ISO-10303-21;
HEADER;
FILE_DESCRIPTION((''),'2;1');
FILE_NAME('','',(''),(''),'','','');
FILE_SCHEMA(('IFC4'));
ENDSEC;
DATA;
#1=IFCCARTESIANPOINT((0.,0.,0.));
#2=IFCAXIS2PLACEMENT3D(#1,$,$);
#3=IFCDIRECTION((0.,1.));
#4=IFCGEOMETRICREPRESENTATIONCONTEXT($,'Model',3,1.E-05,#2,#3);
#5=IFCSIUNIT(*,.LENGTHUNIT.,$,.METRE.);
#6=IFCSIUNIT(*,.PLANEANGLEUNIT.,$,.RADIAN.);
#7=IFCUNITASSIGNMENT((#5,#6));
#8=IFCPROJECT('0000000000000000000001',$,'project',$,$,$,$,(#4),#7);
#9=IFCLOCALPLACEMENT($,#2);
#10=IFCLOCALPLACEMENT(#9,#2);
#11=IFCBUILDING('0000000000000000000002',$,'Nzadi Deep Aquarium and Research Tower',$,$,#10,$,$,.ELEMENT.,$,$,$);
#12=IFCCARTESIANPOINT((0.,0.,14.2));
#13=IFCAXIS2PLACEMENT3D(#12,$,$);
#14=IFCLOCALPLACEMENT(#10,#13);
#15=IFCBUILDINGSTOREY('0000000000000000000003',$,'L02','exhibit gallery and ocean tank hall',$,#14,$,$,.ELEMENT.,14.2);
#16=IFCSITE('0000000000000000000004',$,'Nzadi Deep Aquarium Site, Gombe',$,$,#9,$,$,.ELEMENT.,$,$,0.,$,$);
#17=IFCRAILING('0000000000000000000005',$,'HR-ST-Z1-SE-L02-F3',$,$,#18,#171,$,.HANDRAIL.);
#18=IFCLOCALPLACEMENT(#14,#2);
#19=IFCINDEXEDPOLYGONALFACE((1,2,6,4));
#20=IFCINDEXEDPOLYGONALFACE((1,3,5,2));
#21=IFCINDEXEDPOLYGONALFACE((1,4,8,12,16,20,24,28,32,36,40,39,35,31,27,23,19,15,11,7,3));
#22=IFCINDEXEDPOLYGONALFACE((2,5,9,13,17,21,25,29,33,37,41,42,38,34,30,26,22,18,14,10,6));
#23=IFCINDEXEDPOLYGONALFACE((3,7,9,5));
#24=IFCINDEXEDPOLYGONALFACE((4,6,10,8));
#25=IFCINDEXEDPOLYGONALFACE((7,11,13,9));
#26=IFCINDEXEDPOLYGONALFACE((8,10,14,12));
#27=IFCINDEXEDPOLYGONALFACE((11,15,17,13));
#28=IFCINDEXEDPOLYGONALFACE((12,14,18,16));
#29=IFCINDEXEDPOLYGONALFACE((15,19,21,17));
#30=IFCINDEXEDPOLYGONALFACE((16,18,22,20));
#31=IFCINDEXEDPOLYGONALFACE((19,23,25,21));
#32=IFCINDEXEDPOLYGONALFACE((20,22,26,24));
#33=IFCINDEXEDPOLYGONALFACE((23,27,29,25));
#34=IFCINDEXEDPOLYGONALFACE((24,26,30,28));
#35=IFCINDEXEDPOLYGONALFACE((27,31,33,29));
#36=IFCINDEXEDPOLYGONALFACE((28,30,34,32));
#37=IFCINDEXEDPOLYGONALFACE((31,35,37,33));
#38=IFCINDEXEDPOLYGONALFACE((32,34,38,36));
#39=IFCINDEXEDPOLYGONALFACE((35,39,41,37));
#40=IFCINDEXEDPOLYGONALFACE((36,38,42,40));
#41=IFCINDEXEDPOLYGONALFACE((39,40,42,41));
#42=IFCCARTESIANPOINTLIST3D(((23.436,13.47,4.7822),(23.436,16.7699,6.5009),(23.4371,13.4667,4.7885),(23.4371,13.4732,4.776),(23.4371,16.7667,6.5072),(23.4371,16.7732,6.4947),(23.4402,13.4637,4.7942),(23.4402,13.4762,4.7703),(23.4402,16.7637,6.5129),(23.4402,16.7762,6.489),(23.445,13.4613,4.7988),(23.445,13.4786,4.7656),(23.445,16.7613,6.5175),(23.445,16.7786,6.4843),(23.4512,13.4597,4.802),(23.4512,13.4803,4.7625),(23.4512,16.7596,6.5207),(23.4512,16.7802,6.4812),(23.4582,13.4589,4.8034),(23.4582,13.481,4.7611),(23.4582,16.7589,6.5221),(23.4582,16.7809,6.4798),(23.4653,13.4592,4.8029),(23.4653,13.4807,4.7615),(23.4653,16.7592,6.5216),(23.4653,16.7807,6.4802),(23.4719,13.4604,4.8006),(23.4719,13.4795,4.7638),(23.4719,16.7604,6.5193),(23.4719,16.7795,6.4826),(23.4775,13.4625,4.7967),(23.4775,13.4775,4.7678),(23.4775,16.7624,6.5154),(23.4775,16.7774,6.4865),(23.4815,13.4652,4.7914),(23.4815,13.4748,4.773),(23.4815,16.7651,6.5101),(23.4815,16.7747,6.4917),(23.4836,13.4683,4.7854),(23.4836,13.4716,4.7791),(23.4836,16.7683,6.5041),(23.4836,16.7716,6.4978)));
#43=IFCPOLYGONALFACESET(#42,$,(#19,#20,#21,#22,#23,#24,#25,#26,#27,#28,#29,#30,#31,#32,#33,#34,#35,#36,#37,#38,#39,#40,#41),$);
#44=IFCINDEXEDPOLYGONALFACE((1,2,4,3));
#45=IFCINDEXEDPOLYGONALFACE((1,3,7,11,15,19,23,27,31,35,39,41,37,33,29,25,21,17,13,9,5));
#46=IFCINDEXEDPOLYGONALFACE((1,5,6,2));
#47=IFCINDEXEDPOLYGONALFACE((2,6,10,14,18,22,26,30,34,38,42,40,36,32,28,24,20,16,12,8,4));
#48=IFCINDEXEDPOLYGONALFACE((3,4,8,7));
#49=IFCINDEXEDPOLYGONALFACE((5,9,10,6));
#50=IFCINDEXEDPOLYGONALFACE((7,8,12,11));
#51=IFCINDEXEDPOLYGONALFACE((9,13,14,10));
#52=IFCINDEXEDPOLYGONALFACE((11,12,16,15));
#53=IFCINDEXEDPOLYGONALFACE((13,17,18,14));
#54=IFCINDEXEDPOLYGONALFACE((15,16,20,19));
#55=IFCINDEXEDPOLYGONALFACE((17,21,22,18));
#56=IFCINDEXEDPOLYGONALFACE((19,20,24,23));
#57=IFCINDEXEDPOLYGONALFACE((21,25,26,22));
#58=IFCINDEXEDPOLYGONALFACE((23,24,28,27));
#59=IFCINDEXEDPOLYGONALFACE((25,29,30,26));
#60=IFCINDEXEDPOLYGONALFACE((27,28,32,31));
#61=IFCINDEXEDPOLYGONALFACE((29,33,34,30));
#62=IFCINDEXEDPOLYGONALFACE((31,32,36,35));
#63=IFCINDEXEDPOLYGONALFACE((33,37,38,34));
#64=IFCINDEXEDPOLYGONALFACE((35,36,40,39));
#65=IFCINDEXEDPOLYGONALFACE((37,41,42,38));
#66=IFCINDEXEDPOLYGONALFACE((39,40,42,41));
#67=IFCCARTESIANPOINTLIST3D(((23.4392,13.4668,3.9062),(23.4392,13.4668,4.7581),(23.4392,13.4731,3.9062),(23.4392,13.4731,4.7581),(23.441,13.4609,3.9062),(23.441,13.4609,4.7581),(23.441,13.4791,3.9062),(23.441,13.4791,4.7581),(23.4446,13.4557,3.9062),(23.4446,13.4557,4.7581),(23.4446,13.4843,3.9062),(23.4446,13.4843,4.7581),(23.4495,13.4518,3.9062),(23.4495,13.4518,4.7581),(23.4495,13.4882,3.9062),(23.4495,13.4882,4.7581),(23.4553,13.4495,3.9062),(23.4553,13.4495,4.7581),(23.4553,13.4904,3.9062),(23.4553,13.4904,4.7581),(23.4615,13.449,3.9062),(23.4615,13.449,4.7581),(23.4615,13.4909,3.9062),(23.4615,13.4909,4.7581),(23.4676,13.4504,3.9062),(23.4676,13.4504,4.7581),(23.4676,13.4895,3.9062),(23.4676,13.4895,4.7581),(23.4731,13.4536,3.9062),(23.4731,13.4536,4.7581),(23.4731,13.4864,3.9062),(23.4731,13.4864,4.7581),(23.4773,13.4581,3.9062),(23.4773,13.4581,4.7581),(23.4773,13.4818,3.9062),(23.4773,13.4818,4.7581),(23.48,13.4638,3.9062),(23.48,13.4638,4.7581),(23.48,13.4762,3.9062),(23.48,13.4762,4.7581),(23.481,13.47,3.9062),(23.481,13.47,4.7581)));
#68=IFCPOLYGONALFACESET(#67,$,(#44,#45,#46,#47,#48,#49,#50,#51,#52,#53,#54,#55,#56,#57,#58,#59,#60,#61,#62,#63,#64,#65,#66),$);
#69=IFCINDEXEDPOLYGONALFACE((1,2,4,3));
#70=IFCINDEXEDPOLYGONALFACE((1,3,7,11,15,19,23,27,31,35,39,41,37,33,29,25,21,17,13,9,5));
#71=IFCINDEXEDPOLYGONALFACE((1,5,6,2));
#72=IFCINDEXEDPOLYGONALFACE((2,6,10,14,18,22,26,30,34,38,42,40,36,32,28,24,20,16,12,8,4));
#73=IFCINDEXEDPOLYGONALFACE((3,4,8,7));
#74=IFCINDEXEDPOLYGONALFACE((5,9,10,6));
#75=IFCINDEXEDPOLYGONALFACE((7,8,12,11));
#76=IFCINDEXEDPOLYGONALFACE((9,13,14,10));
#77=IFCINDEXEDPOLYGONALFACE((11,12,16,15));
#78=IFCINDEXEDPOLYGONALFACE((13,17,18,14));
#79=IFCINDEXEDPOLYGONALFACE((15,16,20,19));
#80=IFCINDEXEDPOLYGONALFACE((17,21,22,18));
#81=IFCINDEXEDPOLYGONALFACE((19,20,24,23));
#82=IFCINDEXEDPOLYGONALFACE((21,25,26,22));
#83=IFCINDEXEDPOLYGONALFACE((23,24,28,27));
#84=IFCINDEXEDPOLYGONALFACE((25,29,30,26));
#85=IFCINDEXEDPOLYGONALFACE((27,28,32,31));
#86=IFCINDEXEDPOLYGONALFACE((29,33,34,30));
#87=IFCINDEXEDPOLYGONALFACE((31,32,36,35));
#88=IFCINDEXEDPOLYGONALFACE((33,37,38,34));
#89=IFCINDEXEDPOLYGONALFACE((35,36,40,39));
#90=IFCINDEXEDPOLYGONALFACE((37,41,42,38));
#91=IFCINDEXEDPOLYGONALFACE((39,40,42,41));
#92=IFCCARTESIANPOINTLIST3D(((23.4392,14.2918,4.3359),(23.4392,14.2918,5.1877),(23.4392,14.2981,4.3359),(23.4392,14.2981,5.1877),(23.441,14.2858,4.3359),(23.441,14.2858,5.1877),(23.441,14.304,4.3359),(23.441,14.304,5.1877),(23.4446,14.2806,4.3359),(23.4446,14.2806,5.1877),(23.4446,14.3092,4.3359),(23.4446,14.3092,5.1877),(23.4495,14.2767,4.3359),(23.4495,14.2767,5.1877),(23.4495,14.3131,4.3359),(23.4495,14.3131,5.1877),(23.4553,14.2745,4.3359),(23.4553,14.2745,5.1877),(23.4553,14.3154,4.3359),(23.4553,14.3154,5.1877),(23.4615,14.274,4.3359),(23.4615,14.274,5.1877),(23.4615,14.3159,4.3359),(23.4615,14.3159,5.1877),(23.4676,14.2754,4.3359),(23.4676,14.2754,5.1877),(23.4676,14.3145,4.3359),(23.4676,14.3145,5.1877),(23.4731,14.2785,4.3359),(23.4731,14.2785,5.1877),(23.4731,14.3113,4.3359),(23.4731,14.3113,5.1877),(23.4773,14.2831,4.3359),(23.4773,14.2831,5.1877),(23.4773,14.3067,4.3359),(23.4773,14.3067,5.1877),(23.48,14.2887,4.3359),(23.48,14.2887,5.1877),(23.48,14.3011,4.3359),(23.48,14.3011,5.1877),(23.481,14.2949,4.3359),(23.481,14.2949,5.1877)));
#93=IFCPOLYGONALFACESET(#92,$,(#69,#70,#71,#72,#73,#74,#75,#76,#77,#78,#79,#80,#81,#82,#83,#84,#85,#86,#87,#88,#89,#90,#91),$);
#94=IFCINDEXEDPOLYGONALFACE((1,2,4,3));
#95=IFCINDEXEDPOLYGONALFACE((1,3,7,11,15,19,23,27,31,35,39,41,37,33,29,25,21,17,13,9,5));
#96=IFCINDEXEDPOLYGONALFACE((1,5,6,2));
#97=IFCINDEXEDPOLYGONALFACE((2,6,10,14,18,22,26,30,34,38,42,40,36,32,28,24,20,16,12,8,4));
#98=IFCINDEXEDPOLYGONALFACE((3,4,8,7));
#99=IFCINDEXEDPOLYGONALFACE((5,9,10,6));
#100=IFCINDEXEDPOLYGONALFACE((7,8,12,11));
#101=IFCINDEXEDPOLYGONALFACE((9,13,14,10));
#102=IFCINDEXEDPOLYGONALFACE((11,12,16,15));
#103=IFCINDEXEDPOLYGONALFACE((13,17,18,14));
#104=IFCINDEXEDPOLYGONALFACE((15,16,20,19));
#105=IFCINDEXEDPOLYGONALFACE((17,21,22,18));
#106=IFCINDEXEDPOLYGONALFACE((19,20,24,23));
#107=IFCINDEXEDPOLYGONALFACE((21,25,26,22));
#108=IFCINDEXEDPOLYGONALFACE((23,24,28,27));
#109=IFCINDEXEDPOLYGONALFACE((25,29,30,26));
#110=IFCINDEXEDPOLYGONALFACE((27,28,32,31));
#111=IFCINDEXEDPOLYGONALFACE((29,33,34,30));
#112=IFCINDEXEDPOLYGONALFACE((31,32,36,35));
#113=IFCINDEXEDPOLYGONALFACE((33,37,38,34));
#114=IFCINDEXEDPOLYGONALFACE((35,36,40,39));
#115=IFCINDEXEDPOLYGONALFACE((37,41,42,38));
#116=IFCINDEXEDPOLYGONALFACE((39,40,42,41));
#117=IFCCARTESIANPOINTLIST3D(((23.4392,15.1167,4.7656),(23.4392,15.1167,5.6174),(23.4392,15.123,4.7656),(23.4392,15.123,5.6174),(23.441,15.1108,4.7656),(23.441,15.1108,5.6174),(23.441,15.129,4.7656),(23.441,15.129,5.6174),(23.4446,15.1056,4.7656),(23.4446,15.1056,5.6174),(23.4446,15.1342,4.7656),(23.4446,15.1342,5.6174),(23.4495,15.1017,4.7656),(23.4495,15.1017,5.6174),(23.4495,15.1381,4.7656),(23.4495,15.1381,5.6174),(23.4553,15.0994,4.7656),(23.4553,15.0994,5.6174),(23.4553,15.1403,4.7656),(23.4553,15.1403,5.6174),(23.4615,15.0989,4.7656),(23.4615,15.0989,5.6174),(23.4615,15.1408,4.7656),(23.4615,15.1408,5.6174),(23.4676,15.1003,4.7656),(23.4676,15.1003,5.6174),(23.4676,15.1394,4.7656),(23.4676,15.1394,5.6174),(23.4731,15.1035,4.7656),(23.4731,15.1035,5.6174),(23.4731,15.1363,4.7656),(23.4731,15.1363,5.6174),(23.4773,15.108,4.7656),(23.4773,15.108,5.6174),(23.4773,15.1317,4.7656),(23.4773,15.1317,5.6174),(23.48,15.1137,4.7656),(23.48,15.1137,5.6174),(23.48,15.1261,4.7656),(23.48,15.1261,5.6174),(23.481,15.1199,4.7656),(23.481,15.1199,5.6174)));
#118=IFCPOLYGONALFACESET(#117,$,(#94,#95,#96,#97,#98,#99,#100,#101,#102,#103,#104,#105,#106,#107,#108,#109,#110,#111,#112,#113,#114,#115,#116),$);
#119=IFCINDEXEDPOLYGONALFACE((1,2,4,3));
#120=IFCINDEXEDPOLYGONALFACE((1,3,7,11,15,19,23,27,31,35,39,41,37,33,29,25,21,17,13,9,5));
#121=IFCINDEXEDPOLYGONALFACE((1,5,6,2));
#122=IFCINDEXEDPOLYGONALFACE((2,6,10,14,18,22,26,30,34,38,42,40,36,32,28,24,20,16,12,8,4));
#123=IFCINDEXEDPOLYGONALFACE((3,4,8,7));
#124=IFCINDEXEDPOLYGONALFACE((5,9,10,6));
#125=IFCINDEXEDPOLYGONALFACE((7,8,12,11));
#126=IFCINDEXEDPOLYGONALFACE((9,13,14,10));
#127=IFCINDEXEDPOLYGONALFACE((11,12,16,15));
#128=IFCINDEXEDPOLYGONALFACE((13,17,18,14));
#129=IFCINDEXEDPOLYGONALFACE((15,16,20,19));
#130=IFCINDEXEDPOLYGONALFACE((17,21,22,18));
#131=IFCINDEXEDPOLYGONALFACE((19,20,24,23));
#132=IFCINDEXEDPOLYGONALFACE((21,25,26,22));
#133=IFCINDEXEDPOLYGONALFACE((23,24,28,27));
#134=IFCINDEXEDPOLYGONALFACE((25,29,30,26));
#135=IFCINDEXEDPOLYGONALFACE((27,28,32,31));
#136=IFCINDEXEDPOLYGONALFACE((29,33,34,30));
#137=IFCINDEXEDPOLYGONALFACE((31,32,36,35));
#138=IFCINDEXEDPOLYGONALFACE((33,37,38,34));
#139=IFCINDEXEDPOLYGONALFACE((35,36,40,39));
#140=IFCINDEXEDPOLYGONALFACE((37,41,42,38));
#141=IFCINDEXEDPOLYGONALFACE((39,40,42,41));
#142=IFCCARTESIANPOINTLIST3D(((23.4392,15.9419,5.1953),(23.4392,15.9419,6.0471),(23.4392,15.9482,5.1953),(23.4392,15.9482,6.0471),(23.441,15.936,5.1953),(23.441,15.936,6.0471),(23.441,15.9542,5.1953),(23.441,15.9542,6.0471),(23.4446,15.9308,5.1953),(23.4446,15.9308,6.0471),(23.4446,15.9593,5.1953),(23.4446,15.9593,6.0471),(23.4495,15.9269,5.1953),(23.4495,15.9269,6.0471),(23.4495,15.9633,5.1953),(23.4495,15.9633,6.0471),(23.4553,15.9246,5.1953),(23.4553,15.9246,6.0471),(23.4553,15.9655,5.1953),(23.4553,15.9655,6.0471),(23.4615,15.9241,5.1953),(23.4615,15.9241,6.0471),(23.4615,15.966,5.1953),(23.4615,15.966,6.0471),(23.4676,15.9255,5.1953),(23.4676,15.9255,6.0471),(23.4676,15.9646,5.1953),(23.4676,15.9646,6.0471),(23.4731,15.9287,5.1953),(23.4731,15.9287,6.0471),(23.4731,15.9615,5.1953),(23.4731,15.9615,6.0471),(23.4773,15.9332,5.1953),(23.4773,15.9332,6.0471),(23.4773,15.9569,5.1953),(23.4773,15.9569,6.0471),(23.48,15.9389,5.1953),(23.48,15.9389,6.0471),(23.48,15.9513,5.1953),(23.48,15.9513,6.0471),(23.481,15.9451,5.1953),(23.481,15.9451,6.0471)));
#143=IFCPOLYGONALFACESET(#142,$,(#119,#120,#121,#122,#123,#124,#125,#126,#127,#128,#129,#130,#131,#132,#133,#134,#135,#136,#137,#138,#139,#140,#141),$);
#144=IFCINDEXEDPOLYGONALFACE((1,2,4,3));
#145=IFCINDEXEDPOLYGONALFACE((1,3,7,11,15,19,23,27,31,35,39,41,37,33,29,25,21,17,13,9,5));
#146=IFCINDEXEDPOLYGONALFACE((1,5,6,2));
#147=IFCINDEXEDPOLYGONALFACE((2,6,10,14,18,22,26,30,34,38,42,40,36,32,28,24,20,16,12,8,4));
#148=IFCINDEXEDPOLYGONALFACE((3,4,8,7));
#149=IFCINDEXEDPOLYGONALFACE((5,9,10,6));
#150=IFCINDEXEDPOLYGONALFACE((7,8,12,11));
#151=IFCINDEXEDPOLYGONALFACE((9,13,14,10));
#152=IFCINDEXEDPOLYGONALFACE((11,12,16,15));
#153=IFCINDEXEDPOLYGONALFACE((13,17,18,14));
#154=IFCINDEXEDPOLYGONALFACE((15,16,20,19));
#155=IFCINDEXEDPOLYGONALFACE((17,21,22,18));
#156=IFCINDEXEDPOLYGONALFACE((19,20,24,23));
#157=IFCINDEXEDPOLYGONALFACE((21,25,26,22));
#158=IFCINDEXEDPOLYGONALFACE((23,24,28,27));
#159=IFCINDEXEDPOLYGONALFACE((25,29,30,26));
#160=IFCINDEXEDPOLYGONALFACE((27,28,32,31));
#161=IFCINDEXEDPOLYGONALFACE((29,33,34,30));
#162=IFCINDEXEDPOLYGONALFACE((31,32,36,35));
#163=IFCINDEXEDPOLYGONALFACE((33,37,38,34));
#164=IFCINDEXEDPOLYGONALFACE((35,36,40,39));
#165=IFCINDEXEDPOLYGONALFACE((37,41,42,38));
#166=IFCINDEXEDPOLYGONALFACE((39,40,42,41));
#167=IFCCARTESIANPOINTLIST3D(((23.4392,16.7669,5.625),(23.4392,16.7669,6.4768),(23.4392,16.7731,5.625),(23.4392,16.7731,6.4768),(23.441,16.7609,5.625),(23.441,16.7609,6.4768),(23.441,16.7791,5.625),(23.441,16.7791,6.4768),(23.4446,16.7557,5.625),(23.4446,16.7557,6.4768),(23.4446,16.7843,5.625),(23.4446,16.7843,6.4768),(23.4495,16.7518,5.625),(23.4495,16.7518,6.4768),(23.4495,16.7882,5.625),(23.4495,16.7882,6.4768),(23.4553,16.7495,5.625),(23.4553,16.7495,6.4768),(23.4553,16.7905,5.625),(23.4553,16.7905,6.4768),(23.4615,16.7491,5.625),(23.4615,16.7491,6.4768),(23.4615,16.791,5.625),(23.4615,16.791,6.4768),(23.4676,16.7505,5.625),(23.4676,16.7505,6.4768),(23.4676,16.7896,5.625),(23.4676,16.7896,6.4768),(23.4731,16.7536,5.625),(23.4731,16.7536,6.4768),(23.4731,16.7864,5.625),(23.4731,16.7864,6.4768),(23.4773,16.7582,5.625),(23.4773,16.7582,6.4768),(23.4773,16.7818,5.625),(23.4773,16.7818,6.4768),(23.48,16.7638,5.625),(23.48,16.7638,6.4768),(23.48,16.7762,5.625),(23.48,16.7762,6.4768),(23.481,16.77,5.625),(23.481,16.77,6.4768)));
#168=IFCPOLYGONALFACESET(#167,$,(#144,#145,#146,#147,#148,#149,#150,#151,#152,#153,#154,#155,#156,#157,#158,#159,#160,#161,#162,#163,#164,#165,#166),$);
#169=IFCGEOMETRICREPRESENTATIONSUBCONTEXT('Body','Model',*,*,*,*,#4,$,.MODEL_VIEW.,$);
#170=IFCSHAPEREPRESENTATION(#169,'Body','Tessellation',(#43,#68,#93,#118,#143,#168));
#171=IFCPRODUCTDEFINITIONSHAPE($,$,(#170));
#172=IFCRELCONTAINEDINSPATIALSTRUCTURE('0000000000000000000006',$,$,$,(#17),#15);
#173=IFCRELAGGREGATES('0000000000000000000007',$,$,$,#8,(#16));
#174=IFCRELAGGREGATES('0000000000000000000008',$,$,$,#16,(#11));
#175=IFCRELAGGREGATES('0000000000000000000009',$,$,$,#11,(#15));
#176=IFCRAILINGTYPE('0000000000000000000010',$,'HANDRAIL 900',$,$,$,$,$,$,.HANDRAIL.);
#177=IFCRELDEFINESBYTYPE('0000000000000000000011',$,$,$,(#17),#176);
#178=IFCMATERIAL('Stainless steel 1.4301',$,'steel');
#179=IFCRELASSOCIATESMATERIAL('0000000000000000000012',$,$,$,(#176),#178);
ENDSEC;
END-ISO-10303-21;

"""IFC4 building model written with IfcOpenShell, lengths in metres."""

from ifc_helpers import new_model, si_unit, direction, frame, origin, origin_2d, place, context, subcontext, project, spatial, circle, extrude, material, type_object, element, save


model = new_model("IFC4")

# Units and contexts
model_context = context("Model", 3, precision=1e-05, world=origin(), true_north=direction((0.0, 1.0)))
body_context = subcontext(model_context, "Body", "Model", "MODEL_VIEW")
ifc_project = project(units=[si_unit("LENGTHUNIT", "METRE"), si_unit("PLANEANGLEUNIT", "RADIAN")], contexts=[model_context])

# Site, building, storey
site_placement = place(None, origin())
site = spatial("IfcSite", under=ifc_project, at=site_placement, Name="Nzadi Deep Aquarium Site, Gombe", CompositionType="ELEMENT", RefElevation=0.0)
building_placement = place(site_placement, origin())
building = spatial("IfcBuilding", under=site, at=building_placement, Name="Nzadi Deep Aquarium and Research Tower", CompositionType="ELEMENT")
storey_placement = place(building_placement, frame((0.0, 0.0, 14.2)))
storey = spatial("IfcBuildingStorey", under=building, at=storey_placement, Name="L02", Description="exhibit gallery and ocean tank hall", CompositionType="ELEMENT", Elevation=14.2)

# Railing
ifc_material_1 = material(Name="Stainless steel 1.4301", Category="steel")
railing_type = type_object("IfcRailingType", Name="HANDRAIL 900", PredefinedType="HANDRAIL", material=ifc_material_1)
for number, where, name in (
    (1, (23.46, 13.47, 3.9062), "HR-ST-Z1-SE-L02-F3"),
):
    element("IfcRailing", number, at=place(storey_placement, frame(where)), inside=storey, type_object=railing_type, Name=name, PredefinedType="HANDRAIL", context=body_context, shape_type="SweptSolid", body=[
        extrude(circle(Radius=0.0239, at=origin_2d()), frame((0.0, 0.0, 0.876), z_axis=(0.0, 0.886917, 0.461929), x_axis=(-1.0, 0.0, 0.0)), (0.0, 0.0, 1.0), 3.7207),
        extrude(circle(Radius=0.021, at=origin_2d()), origin(), (0.0, 0.0, 1.0), 0.8518),
        extrude(circle(Radius=0.021, at=origin_2d()), frame((0.0, 0.825, 0.4297)), (0.0, 0.0, 1.0), 0.8518),
        extrude(circle(Radius=0.021, at=origin_2d()), frame((0.0, 1.6499, 0.8594)), (0.0, 0.0, 1.0), 0.8518),
        extrude(circle(Radius=0.021, at=origin_2d()), frame((0.0, 2.4751, 1.2891)), (0.0, 0.0, 1.0), 0.8518),
        extrude(circle(Radius=0.021, at=origin_2d()), frame((0.0, 3.3, 1.7188)), (0.0, 0.0, 1.0), 0.8518),
    ])

save(model, "model.ifc")
